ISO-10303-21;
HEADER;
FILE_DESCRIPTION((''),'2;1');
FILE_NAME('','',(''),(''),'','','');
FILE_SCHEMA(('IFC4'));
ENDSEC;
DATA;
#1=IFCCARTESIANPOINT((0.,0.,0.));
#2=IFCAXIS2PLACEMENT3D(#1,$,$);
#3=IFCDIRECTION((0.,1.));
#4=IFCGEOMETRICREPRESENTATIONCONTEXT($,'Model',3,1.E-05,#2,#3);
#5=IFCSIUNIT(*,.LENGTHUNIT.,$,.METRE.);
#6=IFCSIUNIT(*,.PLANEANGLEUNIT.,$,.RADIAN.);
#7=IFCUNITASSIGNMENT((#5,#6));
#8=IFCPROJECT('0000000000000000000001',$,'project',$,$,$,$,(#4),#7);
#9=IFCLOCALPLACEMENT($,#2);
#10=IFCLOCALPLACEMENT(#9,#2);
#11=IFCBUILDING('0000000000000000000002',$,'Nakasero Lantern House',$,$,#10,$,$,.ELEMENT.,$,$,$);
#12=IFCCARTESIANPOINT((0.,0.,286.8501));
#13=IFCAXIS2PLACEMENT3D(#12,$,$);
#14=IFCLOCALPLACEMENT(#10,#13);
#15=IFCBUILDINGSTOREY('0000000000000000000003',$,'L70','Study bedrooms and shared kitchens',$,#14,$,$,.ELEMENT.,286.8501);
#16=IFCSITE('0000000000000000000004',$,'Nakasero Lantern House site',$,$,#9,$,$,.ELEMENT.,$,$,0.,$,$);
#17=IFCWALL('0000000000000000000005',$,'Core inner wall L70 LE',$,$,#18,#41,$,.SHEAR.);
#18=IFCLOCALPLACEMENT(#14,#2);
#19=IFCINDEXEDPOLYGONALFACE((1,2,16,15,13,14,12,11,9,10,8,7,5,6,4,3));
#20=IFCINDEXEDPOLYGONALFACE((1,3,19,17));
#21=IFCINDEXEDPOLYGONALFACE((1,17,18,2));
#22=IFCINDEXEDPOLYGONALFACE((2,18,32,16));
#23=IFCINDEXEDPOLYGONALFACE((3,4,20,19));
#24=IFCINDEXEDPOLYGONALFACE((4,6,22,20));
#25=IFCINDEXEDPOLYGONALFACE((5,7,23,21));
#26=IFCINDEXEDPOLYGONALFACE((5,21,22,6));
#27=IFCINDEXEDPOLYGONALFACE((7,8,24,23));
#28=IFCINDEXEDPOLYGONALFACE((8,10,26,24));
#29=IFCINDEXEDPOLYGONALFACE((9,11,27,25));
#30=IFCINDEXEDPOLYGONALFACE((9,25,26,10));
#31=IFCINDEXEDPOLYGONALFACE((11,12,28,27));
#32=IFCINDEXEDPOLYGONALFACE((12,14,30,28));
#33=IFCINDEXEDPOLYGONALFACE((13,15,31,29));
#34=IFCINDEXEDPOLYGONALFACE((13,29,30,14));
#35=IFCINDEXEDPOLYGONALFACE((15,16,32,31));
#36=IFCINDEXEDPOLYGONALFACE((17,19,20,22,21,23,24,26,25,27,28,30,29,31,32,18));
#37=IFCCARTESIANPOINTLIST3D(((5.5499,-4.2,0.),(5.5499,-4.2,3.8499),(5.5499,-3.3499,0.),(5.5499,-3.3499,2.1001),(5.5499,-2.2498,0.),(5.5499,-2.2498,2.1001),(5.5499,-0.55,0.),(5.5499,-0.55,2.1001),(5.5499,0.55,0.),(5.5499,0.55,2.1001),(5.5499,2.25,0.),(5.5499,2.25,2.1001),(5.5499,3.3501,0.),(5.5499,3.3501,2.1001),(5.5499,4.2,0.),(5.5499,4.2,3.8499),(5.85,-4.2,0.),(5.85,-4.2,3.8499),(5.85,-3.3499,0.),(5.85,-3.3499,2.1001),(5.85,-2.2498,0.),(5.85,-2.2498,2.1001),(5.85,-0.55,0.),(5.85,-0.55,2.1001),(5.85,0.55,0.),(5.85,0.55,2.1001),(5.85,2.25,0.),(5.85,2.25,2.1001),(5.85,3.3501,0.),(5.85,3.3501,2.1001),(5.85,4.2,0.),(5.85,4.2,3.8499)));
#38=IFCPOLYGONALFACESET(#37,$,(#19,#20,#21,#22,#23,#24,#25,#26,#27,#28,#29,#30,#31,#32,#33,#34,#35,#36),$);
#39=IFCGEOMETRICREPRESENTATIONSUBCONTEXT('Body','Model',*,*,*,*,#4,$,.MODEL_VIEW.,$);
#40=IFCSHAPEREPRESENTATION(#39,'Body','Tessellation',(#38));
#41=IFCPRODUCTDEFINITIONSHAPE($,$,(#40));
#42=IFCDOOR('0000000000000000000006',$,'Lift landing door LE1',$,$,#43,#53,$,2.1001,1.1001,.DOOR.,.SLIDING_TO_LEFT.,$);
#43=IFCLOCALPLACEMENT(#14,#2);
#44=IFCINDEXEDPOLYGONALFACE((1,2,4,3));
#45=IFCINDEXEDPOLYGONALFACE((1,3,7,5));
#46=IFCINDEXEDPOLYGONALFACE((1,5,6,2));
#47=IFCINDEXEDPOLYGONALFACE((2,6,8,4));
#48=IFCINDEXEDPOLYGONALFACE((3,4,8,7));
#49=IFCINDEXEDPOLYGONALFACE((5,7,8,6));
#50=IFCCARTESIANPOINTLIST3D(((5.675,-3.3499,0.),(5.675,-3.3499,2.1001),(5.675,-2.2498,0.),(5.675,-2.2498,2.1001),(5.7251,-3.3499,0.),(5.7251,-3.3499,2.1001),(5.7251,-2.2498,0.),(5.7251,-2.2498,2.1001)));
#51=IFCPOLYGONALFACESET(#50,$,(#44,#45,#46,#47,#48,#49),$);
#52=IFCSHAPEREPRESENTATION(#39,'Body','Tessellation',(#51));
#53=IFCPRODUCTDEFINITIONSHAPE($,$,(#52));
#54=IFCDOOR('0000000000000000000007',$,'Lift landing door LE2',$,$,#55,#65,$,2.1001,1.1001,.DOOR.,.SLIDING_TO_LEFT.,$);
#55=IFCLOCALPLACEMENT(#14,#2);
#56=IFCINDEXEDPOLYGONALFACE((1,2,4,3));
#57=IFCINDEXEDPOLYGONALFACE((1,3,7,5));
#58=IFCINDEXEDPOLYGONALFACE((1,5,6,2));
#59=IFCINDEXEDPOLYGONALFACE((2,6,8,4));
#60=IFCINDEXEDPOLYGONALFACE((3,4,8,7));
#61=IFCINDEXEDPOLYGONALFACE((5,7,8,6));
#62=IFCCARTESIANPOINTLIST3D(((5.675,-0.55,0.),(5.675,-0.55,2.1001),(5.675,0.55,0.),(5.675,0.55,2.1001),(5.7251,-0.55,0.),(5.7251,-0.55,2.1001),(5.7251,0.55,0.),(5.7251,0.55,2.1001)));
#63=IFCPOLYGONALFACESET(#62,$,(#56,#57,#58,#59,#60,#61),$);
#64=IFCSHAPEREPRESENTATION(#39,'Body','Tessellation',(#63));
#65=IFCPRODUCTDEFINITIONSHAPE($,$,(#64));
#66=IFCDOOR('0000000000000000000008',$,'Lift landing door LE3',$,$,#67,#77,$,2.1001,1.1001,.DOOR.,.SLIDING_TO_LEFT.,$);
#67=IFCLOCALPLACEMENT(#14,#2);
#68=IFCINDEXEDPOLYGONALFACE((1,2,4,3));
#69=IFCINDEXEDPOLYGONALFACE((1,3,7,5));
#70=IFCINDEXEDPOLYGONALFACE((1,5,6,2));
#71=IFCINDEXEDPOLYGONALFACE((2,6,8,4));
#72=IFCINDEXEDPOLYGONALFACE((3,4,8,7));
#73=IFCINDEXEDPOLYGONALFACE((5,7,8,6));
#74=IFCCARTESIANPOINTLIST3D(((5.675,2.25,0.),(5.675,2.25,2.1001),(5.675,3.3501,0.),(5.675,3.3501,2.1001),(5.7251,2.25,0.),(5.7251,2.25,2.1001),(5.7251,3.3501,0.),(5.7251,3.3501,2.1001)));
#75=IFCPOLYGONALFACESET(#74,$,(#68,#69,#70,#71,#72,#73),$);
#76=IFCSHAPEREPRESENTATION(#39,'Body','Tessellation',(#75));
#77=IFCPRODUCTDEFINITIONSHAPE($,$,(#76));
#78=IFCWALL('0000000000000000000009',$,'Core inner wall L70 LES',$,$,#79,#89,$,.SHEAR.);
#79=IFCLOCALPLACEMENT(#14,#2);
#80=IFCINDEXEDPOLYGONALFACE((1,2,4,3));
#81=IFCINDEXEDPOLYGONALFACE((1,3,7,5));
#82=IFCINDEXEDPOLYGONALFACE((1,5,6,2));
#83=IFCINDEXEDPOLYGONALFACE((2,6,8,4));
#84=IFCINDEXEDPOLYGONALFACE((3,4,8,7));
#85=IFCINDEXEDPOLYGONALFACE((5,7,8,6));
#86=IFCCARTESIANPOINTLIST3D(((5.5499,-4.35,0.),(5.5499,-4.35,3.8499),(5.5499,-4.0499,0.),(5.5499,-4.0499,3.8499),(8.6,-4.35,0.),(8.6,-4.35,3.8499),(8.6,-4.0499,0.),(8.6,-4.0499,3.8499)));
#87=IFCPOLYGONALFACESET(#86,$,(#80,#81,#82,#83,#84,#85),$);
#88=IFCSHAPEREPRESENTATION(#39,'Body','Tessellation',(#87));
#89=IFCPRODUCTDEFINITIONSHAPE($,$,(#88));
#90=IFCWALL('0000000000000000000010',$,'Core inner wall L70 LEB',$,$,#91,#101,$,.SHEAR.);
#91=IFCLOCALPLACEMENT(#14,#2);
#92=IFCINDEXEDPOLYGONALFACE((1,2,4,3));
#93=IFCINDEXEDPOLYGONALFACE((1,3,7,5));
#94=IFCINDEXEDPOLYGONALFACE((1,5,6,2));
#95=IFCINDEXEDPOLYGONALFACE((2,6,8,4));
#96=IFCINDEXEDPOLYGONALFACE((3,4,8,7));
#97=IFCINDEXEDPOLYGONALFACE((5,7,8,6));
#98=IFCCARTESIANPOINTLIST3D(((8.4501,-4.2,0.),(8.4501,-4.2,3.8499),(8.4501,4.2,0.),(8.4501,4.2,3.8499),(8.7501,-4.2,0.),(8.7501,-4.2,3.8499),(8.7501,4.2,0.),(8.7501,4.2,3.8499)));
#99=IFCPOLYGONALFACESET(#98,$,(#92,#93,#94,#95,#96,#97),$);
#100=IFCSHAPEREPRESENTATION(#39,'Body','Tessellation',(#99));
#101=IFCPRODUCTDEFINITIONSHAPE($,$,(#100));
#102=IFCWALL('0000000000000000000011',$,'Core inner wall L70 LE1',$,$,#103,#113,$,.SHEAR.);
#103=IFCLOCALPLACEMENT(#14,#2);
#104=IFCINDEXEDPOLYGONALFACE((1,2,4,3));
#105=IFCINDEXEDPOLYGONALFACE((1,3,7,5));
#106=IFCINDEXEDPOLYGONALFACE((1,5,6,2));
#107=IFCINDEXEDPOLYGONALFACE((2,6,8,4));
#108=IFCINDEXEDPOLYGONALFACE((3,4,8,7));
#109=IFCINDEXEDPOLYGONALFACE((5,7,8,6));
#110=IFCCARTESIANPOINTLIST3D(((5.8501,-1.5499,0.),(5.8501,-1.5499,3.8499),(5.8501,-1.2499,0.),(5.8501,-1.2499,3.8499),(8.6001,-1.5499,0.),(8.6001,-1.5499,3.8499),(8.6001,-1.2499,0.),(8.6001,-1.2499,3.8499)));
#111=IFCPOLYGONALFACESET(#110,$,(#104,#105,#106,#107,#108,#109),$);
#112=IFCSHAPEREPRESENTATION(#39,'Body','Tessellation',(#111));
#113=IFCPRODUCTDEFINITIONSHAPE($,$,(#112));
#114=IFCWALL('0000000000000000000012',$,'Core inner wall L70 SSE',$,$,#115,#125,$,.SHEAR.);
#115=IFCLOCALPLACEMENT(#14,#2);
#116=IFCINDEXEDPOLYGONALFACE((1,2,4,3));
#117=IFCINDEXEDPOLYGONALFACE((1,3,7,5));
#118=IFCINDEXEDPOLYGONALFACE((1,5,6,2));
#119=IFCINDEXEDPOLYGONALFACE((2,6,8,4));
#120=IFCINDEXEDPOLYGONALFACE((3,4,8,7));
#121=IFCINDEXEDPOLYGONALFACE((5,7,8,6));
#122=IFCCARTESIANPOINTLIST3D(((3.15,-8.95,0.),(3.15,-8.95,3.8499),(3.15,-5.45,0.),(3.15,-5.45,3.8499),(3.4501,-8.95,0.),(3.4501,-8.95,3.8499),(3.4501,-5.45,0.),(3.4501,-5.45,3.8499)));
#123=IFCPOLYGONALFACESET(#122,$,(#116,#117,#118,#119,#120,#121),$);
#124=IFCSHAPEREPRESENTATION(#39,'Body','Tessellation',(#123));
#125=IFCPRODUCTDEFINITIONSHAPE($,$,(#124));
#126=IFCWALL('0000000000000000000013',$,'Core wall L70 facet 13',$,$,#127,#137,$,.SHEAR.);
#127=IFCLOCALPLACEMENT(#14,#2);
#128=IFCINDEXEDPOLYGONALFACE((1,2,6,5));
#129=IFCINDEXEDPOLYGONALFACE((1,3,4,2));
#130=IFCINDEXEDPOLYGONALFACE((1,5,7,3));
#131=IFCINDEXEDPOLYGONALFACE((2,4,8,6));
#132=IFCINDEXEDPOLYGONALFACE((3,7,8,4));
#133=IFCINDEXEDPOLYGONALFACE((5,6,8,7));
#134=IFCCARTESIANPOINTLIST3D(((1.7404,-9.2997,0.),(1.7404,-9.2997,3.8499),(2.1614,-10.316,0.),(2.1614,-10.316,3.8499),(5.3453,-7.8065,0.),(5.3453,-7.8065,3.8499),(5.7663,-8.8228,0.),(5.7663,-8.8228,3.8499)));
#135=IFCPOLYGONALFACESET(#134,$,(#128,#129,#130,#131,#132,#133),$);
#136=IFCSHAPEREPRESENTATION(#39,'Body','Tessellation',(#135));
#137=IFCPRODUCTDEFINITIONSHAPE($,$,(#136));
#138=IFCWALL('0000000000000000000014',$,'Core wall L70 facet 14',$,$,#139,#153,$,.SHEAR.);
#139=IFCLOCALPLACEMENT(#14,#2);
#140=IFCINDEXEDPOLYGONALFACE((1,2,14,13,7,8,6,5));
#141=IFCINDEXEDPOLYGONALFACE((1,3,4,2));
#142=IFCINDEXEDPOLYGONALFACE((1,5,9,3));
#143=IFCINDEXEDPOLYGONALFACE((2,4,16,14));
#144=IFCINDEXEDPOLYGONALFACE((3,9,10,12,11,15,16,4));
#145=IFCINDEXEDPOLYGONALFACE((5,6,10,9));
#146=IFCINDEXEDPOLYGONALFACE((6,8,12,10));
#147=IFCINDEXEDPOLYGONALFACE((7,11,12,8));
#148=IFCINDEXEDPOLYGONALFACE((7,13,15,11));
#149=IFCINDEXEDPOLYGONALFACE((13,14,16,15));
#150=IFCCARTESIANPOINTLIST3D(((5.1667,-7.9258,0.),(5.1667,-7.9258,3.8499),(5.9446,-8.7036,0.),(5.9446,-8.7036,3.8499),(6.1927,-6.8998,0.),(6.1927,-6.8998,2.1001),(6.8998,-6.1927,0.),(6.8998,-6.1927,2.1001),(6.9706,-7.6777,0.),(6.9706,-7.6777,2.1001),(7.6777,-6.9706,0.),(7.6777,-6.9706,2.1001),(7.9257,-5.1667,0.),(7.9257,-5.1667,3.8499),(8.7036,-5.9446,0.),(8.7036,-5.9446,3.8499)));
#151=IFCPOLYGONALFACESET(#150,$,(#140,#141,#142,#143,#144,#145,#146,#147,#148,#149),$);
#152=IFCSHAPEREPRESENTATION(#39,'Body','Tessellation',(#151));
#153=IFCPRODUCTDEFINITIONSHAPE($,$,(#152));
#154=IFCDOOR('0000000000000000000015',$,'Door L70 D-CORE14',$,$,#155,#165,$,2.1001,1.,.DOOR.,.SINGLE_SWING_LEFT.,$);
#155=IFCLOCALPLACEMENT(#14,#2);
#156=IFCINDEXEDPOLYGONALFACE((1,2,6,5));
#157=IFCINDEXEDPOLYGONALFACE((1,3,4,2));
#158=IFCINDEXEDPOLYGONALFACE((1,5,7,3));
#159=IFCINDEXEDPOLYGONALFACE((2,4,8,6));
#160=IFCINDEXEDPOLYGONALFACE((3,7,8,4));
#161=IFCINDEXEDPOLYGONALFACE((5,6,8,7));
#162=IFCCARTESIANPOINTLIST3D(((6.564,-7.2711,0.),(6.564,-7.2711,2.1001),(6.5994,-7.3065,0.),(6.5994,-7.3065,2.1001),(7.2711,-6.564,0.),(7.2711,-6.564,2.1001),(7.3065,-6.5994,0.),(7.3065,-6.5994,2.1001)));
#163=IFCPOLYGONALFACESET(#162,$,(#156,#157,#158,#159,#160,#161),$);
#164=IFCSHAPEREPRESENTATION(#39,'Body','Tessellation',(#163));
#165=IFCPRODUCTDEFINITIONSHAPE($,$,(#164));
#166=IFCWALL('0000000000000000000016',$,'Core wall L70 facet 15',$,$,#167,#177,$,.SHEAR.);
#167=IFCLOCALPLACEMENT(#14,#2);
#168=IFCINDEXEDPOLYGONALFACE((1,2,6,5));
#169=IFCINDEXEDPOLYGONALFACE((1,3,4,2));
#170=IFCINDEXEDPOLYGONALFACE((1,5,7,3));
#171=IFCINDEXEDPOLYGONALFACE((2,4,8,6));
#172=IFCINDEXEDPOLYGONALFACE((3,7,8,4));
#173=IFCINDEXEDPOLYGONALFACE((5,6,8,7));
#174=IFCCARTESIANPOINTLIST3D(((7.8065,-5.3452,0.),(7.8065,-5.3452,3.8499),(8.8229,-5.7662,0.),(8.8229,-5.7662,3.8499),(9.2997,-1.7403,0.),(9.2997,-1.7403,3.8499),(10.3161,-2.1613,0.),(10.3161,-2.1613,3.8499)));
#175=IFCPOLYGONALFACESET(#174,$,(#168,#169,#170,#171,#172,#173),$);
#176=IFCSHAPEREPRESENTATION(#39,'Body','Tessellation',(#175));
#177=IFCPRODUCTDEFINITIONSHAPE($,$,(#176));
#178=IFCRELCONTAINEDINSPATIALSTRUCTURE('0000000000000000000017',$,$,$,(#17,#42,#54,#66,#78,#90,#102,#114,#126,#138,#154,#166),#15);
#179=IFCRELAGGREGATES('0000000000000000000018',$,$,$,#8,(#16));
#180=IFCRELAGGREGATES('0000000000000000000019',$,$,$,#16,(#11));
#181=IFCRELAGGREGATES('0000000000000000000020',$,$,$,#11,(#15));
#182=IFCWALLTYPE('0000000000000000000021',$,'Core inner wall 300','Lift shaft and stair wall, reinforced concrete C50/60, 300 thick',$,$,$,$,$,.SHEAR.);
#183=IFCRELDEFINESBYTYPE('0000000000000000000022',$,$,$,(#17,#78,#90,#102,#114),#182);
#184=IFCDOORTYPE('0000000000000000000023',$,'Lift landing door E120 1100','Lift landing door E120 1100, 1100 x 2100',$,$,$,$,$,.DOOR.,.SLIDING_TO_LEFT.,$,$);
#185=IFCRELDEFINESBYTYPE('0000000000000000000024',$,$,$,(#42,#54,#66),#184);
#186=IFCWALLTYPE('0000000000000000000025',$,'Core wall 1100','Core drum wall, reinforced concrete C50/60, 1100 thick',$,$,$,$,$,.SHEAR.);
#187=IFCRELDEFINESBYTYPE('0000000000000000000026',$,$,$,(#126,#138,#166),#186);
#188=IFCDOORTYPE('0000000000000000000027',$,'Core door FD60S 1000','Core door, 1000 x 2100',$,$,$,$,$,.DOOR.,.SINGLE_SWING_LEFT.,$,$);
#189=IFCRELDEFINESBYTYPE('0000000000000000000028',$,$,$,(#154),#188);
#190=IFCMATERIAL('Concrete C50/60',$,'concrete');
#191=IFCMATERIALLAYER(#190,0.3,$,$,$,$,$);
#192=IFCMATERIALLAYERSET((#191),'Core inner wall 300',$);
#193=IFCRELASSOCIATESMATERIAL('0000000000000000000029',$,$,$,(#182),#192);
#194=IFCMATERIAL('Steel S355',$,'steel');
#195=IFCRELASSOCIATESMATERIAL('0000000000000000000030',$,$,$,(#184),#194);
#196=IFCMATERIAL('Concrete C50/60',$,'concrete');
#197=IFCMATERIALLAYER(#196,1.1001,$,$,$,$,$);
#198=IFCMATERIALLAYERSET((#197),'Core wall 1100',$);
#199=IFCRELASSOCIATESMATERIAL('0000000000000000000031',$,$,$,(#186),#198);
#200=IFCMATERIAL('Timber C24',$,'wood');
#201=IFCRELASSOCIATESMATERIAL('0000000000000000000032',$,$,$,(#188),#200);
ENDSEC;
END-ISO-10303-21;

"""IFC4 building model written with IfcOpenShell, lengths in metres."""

from ifc_helpers import new_model, si_unit, direction, frame, frame_2d, origin, place, context, subcontext, project, spatial, rectangle, extrude, material, layer, layer_set, type_object, element, fill, save


model = new_model("IFC4")

# Units and contexts
model_context = context("Model", 3, precision=1e-05, world=origin(), true_north=direction((0.0, 1.0)))
body_context = subcontext(model_context, "Body", "Model", "MODEL_VIEW")
ifc_project = project(units=[si_unit("LENGTHUNIT", "METRE"), si_unit("PLANEANGLEUNIT", "RADIAN")], contexts=[model_context])

# Site, building, storey
site_placement = place(None, origin())
site = spatial("IfcSite", under=ifc_project, at=site_placement, Name="Nakasero Lantern House site", CompositionType="ELEMENT", RefElevation=0.0)
building_placement = place(site_placement, origin())
building = spatial("IfcBuilding", under=site, at=building_placement, Name="Nakasero Lantern House", CompositionType="ELEMENT")
storey_placement = place(building_placement, frame((0.0, 0.0, 286.8501)))
storey = spatial("IfcBuildingStorey", under=building, at=storey_placement, Name="L70", Description="Study bedrooms and shared kitchens", CompositionType="ELEMENT", Elevation=286.8501)

# Wall, openings, doors
ifc_material_1 = material(Name="Concrete C50/60", Category="concrete")
ifc_layer_1 = layer(ifc_material_1, 0.3)
ifc_layer_set_1 = layer_set([ifc_layer_1], Name="Core inner wall 300")
wall_type_1 = type_object("IfcWallType", Name="Core inner wall 300", Description="Lift shaft and stair wall, reinforced concrete C50/60, 300 thick", PredefinedType="SHEAR", material=ifc_layer_set_1)
wall_1_placement = place(storey_placement, frame((5.7, -4.2, 0.0), z_axis=(0.0, 0.0, 1.0), x_axis=(0.0, 1.0, 0.0)))
wall_1 = element("IfcWall", 1, at=wall_1_placement, inside=storey, type_object=wall_type_1, Name="Core inner wall L70 LE", PredefinedType="SHEAR", context=body_context, shape_type="SweptSolid", body=[
    extrude(rectangle(XDim=8.3999, YDim=0.3, at=frame_2d((4.2, 0.0))), origin(), (0.0, 0.0, 1.0), 3.8499),
])
opening_1_placement = place(wall_1_placement, frame((0.8501, 0.0, 0.0)))
opening_1 = element("IfcOpeningElement", 2, at=opening_1_placement, cuts=wall_1, PredefinedType="OPENING", context=body_context, shape_type="SweptSolid", body=[
    extrude(rectangle(XDim=1.1001, YDim=2.1001, at=frame_2d((0.55, 1.05))), frame((0.0, 0.1699, 0.0), z_axis=(0.0, -1.0, 0.0), x_axis=(1.0, 0.0, 0.0)), (0.0, 0.0, 1.0), 0.3401),
])
opening_2_placement = place(wall_1_placement, frame((3.6499, 0.0, 0.0)))
opening_2 = element("IfcOpeningElement", 3, at=opening_2_placement, cuts=wall_1, PredefinedType="OPENING", context=body_context, shape_type="SweptSolid", body=[
    extrude(rectangle(XDim=1.1001, YDim=2.1001, at=frame_2d((0.55, 1.05))), frame((0.0, 0.1699, 0.0), z_axis=(0.0, -1.0, 0.0), x_axis=(1.0, 0.0, 0.0)), (0.0, 0.0, 1.0), 0.3401),
])
opening_3_placement = place(wall_1_placement, frame((6.45, 0.0, 0.0)))
opening_3 = element("IfcOpeningElement", 4, at=opening_3_placement, cuts=wall_1, PredefinedType="OPENING", context=body_context, shape_type="SweptSolid", body=[
    extrude(rectangle(XDim=1.1001, YDim=2.1001, at=frame_2d((0.55, 1.05))), frame((0.0, 0.1699, 0.0), z_axis=(0.0, -1.0, 0.0), x_axis=(1.0, 0.0, 0.0)), (0.0, 0.0, 1.0), 0.3401),
])
ifc_material_2 = material(Name="Steel S355", Category="steel")
door_type_1 = type_object("IfcDoorType", Name="Lift landing door E120 1100", Description="Lift landing door E120 1100, 1100 x 2100", OperationType="SLIDING_TO_LEFT", PredefinedType="DOOR", material=ifc_material_2)
door_1_placement = place(opening_1_placement, origin())
door_1 = element("IfcDoor", 5, at=door_1_placement, inside=storey, type_object=door_type_1, Name="Lift landing door LE1", OperationType="SLIDING_TO_LEFT", OverallHeight=2.1001, OverallWidth=1.1001, PredefinedType="DOOR", context=body_context, shape_type="SweptSolid", body=[
    extrude(rectangle(XDim=1.1001, YDim=2.1001, at=frame_2d((0.55, 1.05))), frame((0.0, 0.0249, 0.0), z_axis=(0.0, -1.0, 0.0), x_axis=(1.0, 0.0, 0.0)), (0.0, 0.0, 1.0), 0.05),
])
fill(opening_1, door_1)
door_2_placement = place(opening_2_placement, origin())
door_2 = element("IfcDoor", 6, at=door_2_placement, inside=storey, type_object=door_type_1, Name="Lift landing door LE2", OperationType="SLIDING_TO_LEFT", OverallHeight=2.1001, OverallWidth=1.1001, PredefinedType="DOOR", context=body_context, shape_type="SweptSolid", body=[
    extrude(rectangle(XDim=1.1001, YDim=2.1001, at=frame_2d((0.55, 1.05))), frame((0.0, 0.0249, 0.0), z_axis=(0.0, -1.0, 0.0), x_axis=(1.0, 0.0, 0.0)), (0.0, 0.0, 1.0), 0.05),
])
fill(opening_2, door_2)
door_3_placement = place(opening_3_placement, origin())
door_3 = element("IfcDoor", 7, at=door_3_placement, inside=storey, type_object=door_type_1, Name="Lift landing door LE3", OperationType="SLIDING_TO_LEFT", OverallHeight=2.1001, OverallWidth=1.1001, PredefinedType="DOOR", context=body_context, shape_type="SweptSolid", body=[
    extrude(rectangle(XDim=1.1001, YDim=2.1001, at=frame_2d((0.55, 1.05))), frame((0.0, 0.0249, 0.0), z_axis=(0.0, -1.0, 0.0), x_axis=(1.0, 0.0, 0.0)), (0.0, 0.0, 1.0), 0.05),
])
fill(opening_3, door_3)

# Walls
wall_2_placement = place(storey_placement, frame((5.55, -4.2, 0.0), z_axis=(0.0, 0.0, 1.0), x_axis=(1.0, 0.0, 0.0)))
element("IfcWall", 8, at=wall_2_placement, inside=storey, type_object=wall_type_1, Name="Core inner wall L70 LES", PredefinedType="SHEAR", context=body_context, shape_type="SweptSolid", body=[
    extrude(rectangle(XDim=3.05, YDim=0.3, at=frame_2d((1.5249, 0.0))), origin(), (0.0, 0.0, 1.0), 3.8499),
])
wall_3_placement = place(storey_placement, frame((8.6001, -4.2, 0.0), z_axis=(0.0, 0.0, 1.0), x_axis=(0.0, 1.0, 0.0)))
element("IfcWall", 9, at=wall_3_placement, inside=storey, type_object=wall_type_1, Name="Core inner wall L70 LEB", PredefinedType="SHEAR", context=body_context, shape_type="SweptSolid", body=[
    extrude(rectangle(XDim=8.3999, YDim=0.3, at=frame_2d((4.2, 0.0))), origin(), (0.0, 0.0, 1.0), 3.8499),
])
wall_4_placement = place(storey_placement, frame((5.8501, -1.3999, 0.0), z_axis=(0.0, 0.0, 1.0), x_axis=(1.0, 0.0, 0.0)))
element("IfcWall", 10, at=wall_4_placement, inside=storey, type_object=wall_type_1, Name="Core inner wall L70 LE1", PredefinedType="SHEAR", context=body_context, shape_type="SweptSolid", body=[
    extrude(rectangle(XDim=2.75, YDim=0.3, at=frame_2d((1.375, 0.0))), origin(), (0.0, 0.0, 1.0), 3.8499),
])
wall_5_placement = place(storey_placement, frame((3.3, -5.45, 0.0), z_axis=(0.0, 0.0, 1.0), x_axis=(0.0, -1.0, 0.0)))
element("IfcWall", 11, at=wall_5_placement, inside=storey, type_object=wall_type_1, Name="Core inner wall L70 SSE", PredefinedType="SHEAR", context=body_context, shape_type="SweptSolid", body=[
    extrude(rectangle(XDim=3.5, YDim=0.3, at=frame_2d((1.75, 0.0))), origin(), (0.0, 0.0, 1.0), 3.8499),
])
ifc_material_3 = material(Name="Concrete C50/60", Category="concrete")
ifc_layer_2 = layer(ifc_material_3, 1.1001)
ifc_layer_set_2 = layer_set([ifc_layer_2], Name="Core wall 1100")
wall_type_2 = type_object("IfcWallType", Name="Core wall 1100", Description="Core drum wall, reinforced concrete C50/60, 1100 thick", PredefinedType="SHEAR", material=ifc_layer_set_2)
wall_6_placement = place(storey_placement, frame((1.9509, -9.8079, 0.0), z_axis=(0.0, 0.0, 1.0), x_axis=(0.923877, 0.382691, 0.0)))
element("IfcWall", 12, at=wall_6_placement, inside=storey, type_object=wall_type_2, Name="Core wall L70 facet 13", PredefinedType="SHEAR", context=body_context, shape_type="SweptSolid", body=[
    extrude(rectangle(XDim=3.9019, YDim=1.1001, at=frame_2d((1.9509, 0.0))), origin(), (0.0, 0.0, 1.0), 3.8499),
])

# Wall, opening, door
wall_7_placement = place(storey_placement, frame((5.5557, -8.3147, 0.0), z_axis=(0.0, 0.0, 1.0), x_axis=(0.707107, 0.707107, 0.0)))
wall_7 = element("IfcWall", 13, at=wall_7_placement, inside=storey, type_object=wall_type_2, Name="Core wall L70 facet 14", PredefinedType="SHEAR", context=body_context, shape_type="SweptSolid", body=[
    extrude(rectangle(XDim=3.9019, YDim=1.1001, at=frame_2d((1.9509, 0.0))), origin(), (0.0, 0.0, 1.0), 3.8499),
])
opening_4_placement = place(wall_7_placement, frame((1.4509, 0.0, 0.0)))
opening_4 = element("IfcOpeningElement", 14, at=opening_4_placement, cuts=wall_7, PredefinedType="OPENING", context=body_context, shape_type="SweptSolid", body=[
    extrude(rectangle(XDim=1.0, YDim=2.1001, at=frame_2d((0.5, 1.05))), frame((0.0, 0.5701, 0.0), z_axis=(0.0, -1.0, 0.0), x_axis=(1.0, 0.0, 0.0)), (0.0, 0.0, 1.0), 1.1401),
])
ifc_material_4 = material(Name="Timber C24", Category="wood")
door_type_2 = type_object("IfcDoorType", Name="Core door FD60S 1000", Description="Core door, 1000 x 2100", OperationType="SINGLE_SWING_LEFT", PredefinedType="DOOR", material=ifc_material_4)
door_4_placement = place(opening_4_placement, origin())
door_4 = element("IfcDoor", 15, at=door_4_placement, inside=storey, type_object=door_type_2, Name="Door L70 D-CORE14", OperationType="SINGLE_SWING_LEFT", OverallHeight=2.1001, OverallWidth=1.0, PredefinedType="DOOR", context=body_context, shape_type="SweptSolid", body=[
    extrude(rectangle(XDim=1.0, YDim=2.1001, at=frame_2d((0.5, 1.05))), frame((0.0, 0.0249, 0.0), z_axis=(0.0, -1.0, 0.0), x_axis=(1.0, 0.0, 0.0)), (0.0, 0.0, 1.0), 0.05),
])
fill(opening_4, door_4)

# Wall
wall_8_placement = place(storey_placement, frame((8.3147, -5.5557, 0.0), z_axis=(0.0, 0.0, 1.0), x_axis=(0.382691, 0.923877, 0.0)))
element("IfcWall", 16, at=wall_8_placement, inside=storey, type_object=wall_type_2, Name="Core wall L70 facet 15", PredefinedType="SHEAR", context=body_context, shape_type="SweptSolid", body=[
    extrude(rectangle(XDim=3.9019, YDim=1.1001, at=frame_2d((1.9509, 0.0))), origin(), (0.0, 0.0, 1.0), 3.8499),
])

save(model, "model.ifc")
